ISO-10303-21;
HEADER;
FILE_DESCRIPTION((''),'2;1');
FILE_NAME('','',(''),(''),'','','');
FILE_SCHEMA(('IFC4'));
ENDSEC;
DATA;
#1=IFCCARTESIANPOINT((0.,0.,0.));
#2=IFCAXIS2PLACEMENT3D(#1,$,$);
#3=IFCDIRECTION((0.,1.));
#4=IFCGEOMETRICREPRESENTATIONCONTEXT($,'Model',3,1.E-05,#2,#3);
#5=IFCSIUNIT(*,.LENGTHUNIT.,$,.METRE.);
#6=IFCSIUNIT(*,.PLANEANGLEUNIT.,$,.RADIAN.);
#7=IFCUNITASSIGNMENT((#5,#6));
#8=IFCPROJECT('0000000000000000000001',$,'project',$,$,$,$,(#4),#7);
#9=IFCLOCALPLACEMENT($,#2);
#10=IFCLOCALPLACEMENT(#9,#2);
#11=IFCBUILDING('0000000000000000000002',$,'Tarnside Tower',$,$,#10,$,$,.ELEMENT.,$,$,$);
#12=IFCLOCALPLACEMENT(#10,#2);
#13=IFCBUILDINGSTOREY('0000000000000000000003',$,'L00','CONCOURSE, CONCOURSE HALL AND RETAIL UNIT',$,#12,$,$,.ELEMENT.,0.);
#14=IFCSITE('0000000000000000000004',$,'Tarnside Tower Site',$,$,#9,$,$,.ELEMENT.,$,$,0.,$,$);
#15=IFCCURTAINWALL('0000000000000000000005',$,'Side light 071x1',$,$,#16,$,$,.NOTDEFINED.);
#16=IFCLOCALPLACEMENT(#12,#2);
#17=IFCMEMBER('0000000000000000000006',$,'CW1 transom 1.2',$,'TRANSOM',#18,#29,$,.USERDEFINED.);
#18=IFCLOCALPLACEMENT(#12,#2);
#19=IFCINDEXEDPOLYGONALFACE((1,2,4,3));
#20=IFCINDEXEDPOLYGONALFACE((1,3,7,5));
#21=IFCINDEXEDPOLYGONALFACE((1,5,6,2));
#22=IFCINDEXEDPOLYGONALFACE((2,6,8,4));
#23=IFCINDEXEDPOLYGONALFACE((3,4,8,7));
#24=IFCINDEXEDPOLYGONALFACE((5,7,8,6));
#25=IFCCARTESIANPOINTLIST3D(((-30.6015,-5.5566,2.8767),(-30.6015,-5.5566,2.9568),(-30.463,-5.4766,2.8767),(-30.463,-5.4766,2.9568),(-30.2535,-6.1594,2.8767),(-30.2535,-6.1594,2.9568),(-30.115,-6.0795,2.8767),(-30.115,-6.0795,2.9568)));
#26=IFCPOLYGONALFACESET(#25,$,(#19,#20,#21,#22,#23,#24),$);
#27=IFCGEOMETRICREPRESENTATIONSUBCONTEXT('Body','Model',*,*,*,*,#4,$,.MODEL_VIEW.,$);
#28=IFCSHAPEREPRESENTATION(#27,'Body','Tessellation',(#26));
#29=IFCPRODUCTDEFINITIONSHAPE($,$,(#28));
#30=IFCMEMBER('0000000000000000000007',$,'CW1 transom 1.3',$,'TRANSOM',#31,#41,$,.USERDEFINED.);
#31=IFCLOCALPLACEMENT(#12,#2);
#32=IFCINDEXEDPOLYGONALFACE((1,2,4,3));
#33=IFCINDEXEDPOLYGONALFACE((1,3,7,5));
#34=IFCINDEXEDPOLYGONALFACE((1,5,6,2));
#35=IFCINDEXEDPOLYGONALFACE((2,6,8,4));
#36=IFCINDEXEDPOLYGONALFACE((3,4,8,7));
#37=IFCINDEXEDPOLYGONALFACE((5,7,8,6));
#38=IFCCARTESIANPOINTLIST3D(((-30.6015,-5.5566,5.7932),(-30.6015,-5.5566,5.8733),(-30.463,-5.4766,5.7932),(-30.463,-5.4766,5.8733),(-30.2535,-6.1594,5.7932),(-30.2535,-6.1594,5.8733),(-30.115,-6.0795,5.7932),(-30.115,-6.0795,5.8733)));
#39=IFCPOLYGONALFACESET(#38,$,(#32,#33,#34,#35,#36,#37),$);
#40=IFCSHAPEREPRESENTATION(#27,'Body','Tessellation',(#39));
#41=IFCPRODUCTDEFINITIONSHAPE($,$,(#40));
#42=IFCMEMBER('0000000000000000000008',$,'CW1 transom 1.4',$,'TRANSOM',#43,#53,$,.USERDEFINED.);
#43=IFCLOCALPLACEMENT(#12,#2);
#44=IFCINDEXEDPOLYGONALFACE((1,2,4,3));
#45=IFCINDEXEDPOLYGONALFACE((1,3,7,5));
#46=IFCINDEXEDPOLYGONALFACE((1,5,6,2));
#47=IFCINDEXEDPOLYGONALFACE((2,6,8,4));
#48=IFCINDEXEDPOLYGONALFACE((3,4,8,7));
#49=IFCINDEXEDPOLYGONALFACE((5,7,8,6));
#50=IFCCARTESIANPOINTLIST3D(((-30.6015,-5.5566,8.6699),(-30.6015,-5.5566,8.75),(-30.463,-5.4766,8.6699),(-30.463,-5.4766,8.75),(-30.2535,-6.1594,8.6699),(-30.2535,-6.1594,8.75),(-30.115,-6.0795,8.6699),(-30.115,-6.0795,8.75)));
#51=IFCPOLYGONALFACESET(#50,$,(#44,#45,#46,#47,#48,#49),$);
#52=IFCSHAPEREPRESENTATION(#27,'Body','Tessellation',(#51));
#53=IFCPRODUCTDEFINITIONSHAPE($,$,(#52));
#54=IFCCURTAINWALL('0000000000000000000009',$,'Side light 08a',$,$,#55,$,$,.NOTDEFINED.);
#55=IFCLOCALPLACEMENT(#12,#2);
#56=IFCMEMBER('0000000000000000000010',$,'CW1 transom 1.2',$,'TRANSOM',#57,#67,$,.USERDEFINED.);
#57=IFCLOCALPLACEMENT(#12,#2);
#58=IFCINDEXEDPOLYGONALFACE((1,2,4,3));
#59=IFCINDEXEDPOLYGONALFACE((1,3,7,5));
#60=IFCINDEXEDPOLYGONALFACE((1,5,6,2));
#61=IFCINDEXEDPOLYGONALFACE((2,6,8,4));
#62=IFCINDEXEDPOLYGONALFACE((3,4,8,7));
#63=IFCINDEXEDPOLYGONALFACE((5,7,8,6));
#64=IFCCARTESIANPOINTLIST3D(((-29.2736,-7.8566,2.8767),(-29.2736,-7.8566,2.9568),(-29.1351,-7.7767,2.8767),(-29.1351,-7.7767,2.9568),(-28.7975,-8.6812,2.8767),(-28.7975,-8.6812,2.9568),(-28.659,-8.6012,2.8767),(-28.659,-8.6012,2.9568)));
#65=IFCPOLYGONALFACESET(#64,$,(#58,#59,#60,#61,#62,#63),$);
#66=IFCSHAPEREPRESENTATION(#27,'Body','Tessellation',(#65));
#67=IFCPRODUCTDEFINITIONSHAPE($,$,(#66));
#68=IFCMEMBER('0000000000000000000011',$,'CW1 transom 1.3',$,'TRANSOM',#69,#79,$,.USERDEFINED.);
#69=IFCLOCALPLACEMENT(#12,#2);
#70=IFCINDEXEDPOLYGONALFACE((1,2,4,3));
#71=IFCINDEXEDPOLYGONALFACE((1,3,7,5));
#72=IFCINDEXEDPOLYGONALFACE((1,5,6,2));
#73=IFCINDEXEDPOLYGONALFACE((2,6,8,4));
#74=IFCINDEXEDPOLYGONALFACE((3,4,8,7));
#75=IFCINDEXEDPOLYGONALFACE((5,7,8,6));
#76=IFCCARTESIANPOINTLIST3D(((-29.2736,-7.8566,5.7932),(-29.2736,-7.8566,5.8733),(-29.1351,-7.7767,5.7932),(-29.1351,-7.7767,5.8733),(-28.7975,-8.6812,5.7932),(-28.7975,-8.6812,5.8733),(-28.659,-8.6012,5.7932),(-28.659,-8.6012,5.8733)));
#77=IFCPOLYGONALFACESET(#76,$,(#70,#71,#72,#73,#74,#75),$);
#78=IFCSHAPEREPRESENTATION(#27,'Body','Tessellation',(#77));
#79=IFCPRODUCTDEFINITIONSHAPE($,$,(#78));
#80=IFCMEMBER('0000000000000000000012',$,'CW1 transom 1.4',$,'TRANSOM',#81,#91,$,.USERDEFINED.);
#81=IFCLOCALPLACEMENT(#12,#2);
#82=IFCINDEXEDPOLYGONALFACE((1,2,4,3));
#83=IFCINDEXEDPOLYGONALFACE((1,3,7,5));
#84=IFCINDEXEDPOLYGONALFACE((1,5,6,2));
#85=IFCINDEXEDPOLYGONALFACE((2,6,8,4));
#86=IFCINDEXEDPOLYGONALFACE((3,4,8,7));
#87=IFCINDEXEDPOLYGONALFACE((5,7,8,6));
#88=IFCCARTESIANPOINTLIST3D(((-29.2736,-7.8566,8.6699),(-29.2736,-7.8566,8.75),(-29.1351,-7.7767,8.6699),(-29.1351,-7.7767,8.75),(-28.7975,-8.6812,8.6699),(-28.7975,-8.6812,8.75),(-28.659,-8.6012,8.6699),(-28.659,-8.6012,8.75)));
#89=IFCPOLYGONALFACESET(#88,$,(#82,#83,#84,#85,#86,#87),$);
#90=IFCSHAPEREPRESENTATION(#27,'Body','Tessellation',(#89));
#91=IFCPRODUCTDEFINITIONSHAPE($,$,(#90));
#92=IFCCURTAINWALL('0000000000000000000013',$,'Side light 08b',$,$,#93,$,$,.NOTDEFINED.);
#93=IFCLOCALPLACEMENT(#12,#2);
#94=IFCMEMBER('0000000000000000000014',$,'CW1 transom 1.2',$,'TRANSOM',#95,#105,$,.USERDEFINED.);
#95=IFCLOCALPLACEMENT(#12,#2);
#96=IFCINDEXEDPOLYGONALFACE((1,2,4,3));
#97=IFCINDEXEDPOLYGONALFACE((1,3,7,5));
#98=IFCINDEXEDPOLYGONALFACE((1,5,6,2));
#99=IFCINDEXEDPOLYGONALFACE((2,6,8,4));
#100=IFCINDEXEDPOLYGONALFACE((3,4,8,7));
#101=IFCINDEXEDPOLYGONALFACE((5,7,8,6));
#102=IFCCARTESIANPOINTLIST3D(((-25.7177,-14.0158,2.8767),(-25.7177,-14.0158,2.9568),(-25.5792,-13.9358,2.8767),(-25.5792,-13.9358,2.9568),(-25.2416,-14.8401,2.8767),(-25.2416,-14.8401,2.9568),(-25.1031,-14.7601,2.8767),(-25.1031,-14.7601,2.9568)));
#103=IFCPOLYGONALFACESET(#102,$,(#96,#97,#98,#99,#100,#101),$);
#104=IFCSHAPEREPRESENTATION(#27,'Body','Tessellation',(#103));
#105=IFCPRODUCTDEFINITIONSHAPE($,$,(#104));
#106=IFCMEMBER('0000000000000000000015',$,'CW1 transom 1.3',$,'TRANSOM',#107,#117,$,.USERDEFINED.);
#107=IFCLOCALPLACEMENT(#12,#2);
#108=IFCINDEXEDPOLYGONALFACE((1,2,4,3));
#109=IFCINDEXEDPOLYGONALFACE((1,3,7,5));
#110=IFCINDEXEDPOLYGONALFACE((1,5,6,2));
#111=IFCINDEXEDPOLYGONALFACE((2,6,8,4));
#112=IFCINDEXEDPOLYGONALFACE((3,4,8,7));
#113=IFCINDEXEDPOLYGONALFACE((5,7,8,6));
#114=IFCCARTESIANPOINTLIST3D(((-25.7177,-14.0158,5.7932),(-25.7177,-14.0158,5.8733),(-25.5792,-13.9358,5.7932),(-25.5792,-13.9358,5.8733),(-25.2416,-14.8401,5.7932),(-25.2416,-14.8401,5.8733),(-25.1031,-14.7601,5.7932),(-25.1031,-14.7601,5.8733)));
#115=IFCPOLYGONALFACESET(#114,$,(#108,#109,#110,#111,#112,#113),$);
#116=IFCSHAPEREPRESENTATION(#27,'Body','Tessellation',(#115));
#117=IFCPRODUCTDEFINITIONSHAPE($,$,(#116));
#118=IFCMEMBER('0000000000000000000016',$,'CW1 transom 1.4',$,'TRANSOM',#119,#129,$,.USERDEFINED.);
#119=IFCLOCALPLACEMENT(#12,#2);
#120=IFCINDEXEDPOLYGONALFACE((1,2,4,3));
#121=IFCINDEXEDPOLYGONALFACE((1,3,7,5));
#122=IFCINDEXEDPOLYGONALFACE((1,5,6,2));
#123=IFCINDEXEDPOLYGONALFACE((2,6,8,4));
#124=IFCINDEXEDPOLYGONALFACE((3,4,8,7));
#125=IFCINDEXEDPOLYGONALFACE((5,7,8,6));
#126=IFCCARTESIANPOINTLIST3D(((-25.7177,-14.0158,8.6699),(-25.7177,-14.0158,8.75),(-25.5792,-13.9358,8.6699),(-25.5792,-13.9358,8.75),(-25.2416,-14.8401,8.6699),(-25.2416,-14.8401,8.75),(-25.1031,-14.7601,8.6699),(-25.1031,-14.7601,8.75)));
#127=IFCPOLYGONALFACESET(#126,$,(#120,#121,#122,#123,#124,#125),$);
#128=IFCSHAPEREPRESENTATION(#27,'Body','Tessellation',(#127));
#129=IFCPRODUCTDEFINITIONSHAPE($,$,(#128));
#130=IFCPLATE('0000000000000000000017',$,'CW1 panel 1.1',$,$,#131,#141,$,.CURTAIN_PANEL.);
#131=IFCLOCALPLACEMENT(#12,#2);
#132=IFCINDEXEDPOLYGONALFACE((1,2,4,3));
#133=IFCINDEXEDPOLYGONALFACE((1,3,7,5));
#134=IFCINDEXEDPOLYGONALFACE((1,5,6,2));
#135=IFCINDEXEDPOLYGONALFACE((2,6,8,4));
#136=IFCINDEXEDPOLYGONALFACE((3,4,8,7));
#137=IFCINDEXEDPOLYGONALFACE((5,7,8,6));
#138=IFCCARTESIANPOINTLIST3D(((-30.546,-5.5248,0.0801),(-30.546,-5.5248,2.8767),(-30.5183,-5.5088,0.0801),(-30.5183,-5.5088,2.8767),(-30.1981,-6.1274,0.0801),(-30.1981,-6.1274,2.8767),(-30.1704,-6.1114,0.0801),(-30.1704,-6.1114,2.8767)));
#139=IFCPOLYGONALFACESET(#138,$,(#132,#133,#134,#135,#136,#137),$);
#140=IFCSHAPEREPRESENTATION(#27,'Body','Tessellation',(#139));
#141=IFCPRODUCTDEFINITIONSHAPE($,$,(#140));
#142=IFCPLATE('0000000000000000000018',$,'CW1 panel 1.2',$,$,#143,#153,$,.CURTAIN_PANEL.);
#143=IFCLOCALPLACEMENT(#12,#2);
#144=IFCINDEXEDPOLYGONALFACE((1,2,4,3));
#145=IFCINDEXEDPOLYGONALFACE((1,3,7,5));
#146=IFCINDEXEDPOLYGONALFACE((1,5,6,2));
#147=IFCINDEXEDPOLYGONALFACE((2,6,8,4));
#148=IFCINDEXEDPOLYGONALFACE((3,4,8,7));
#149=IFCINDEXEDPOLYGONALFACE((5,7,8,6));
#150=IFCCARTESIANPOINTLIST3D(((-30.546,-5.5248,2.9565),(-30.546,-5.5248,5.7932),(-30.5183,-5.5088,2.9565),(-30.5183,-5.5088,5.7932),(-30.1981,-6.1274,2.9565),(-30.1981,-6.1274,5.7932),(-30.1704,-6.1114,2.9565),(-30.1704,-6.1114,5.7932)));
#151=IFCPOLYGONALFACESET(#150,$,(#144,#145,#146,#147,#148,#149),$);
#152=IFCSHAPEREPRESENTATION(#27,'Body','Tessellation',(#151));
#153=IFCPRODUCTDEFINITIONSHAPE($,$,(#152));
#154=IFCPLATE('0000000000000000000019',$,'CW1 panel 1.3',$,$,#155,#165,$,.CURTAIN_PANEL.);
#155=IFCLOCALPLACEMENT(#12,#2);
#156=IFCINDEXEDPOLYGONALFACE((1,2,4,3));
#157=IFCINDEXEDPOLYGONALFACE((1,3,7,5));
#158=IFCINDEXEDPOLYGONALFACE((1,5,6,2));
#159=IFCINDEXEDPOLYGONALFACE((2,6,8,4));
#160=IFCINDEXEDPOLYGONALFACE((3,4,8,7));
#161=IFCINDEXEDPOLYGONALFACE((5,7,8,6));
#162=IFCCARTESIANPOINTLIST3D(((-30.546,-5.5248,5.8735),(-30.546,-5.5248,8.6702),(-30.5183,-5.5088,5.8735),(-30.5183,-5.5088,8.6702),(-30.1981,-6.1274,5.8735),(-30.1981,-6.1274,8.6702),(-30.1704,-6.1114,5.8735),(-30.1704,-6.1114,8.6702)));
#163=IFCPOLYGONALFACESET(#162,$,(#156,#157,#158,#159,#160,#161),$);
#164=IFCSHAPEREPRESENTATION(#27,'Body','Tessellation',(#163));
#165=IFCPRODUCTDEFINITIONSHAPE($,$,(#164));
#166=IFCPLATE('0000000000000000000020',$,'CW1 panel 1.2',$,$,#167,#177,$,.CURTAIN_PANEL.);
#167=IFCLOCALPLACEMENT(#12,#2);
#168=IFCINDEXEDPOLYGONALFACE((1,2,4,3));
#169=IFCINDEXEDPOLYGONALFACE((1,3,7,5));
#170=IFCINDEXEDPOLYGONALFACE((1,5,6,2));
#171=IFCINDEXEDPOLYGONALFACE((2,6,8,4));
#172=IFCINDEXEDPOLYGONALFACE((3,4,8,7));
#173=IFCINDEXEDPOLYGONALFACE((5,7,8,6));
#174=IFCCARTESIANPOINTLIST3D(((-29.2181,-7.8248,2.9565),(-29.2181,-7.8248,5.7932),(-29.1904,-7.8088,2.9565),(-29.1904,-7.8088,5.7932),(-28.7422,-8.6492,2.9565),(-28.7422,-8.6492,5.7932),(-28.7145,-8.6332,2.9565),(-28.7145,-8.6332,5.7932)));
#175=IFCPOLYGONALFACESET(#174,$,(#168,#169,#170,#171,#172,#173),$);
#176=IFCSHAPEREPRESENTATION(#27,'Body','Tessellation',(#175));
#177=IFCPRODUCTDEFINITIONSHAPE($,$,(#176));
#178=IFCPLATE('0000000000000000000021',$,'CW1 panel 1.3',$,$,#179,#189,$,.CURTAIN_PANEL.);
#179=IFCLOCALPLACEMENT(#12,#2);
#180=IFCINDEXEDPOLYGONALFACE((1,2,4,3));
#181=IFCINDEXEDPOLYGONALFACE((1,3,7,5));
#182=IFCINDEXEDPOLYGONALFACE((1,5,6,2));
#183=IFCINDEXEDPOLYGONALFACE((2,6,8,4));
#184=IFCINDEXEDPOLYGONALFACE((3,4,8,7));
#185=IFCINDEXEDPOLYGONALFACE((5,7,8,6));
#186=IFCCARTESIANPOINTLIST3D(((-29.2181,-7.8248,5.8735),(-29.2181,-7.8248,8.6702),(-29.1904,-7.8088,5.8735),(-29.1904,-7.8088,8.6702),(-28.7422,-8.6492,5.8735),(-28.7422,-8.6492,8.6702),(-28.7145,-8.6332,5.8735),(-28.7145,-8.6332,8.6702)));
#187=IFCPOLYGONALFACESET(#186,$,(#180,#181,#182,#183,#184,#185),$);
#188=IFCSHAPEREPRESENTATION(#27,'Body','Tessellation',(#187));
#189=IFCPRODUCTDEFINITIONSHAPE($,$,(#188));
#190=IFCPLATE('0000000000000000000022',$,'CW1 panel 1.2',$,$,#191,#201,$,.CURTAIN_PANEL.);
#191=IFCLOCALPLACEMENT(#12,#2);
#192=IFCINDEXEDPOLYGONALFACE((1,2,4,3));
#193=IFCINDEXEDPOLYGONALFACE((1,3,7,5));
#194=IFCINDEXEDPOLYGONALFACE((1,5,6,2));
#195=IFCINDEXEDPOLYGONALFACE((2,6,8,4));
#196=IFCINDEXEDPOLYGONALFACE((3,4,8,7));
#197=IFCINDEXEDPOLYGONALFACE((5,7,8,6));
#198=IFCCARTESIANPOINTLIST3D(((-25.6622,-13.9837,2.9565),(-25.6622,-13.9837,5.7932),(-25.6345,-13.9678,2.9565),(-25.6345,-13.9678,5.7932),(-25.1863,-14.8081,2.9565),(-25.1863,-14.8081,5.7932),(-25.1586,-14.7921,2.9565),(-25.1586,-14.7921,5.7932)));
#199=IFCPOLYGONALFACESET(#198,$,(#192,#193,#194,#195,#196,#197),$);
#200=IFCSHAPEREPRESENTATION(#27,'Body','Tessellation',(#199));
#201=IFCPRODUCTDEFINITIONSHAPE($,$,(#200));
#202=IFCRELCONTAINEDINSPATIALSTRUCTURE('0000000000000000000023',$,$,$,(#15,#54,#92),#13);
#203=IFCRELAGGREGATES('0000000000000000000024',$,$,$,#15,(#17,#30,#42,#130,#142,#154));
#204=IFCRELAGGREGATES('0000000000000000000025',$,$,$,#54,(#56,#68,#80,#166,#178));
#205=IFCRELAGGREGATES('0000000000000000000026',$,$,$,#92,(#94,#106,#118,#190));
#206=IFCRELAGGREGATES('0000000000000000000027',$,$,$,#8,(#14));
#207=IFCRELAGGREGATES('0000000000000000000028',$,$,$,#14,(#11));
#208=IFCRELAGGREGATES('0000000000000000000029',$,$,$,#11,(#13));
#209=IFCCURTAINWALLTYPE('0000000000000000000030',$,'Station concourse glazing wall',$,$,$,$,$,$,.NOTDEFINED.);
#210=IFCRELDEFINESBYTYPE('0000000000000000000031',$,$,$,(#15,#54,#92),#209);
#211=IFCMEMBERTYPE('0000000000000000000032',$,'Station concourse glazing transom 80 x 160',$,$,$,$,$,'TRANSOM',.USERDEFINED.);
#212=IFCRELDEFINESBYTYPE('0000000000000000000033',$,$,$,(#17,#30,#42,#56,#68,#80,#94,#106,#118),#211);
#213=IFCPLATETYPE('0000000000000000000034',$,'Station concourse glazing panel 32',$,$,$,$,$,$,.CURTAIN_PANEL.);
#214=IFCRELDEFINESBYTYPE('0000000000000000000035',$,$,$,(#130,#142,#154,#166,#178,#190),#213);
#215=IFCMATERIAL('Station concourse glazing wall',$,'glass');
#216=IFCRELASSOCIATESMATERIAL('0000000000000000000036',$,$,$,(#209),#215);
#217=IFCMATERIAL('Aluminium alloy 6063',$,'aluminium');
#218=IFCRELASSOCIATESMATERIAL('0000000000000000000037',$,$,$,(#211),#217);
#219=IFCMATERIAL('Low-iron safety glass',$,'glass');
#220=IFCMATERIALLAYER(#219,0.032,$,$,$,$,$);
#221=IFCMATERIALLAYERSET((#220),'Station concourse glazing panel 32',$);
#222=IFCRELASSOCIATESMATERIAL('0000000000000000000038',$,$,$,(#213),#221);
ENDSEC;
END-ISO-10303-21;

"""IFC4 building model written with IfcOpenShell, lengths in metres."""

from ifc_helpers import new_model, si_unit, direction, frame, origin, origin_2d, place, context, subcontext, project, spatial, rectangle, extrude, material, layer, layer_set, material_profile, profile_set, type_object, element, aggregate, save


model = new_model("IFC4")

# Units and contexts
model_context = context("Model", 3, precision=1e-05, world=origin(), true_north=direction((0.0, 1.0)))
body_context = subcontext(model_context, "Body", "Model", "MODEL_VIEW")
ifc_project = project(units=[si_unit("LENGTHUNIT", "METRE"), si_unit("PLANEANGLEUNIT", "RADIAN")], contexts=[model_context])

# Site, building, storey
site_placement = place(None, origin())
site = spatial("IfcSite", under=ifc_project, at=site_placement, Name="Tarnside Tower Site", CompositionType="ELEMENT", RefElevation=0.0)
building_placement = place(site_placement, origin())
building = spatial("IfcBuilding", under=site, at=building_placement, Name="Tarnside Tower", CompositionType="ELEMENT")
storey_placement = place(building_placement, origin())
storey = spatial("IfcBuildingStorey", under=building, at=storey_placement, Name="L00", Description="CONCOURSE, CONCOURSE HALL AND RETAIL UNIT", CompositionType="ELEMENT", Elevation=0.0)

# Curtain walls, members
ifc_material_1 = material(Name="Station concourse glazing wall", Category="glass")
curtain_wall_type = type_object("IfcCurtainWallType", Name="Station concourse glazing wall", PredefinedType="NOTDEFINED", material=ifc_material_1)
curtain_wall_1_placement = place(storey_placement, origin())
curtain_wall_1 = element("IfcCurtainWall", 1, at=curtain_wall_1_placement, inside=storey, type_object=curtain_wall_type, Name="Side light 071x1", PredefinedType="NOTDEFINED")
ifc_material_2 = material(Name="Aluminium alloy 6063", Category="aluminium")
ifc_material_profile_1 = material_profile(ifc_material_2, rectangle(XDim=0.1599, YDim=0.0801, at=origin_2d()), Name="Station concourse glazing transom 80 x 160")
ifc_profile_set_1 = profile_set([ifc_material_profile_1], Name="Aluminium alloy 6063")
member_type = type_object("IfcMemberType", Name="Station concourse glazing transom 80 x 160", ElementType="TRANSOM", PredefinedType="USERDEFINED", material=ifc_profile_set_1)
member_1_placement = place(storey_placement, frame((-30.5322, -5.5166, 2.9167), z_axis=(0.499874, -0.866098, 0.0), x_axis=(0.866098, 0.499874, 0.0)))
member_1 = element("IfcMember", 2, at=member_1_placement, type_object=member_type, Name="CW1 transom 1.2", ObjectType="TRANSOM", PredefinedType="USERDEFINED", context=body_context, shape_type="SweptSolid", body=[
    extrude(rectangle(XDim=0.1599, YDim=0.0801, at=origin_2d()), origin(), (0.0, 0.0, 1.0), 0.696),
])
member_2_placement = place(storey_placement, frame((-30.5322, -5.5166, 5.8333), z_axis=(0.499874, -0.866098, 0.0), x_axis=(0.866098, 0.499874, 0.0)))
member_2 = element("IfcMember", 3, at=member_2_placement, type_object=member_type, Name="CW1 transom 1.3", ObjectType="TRANSOM", PredefinedType="USERDEFINED", context=body_context, shape_type="SweptSolid", body=[
    extrude(rectangle(XDim=0.1599, YDim=0.0801, at=origin_2d()), origin(), (0.0, 0.0, 1.0), 0.696),
])
member_3_placement = place(storey_placement, frame((-30.5322, -5.5166, 8.71), z_axis=(0.499874, -0.866098, 0.0), x_axis=(0.866098, 0.499874, 0.0)))
member_3 = element("IfcMember", 4, at=member_3_placement, type_object=member_type, Name="CW1 transom 1.4", ObjectType="TRANSOM", PredefinedType="USERDEFINED", context=body_context, shape_type="SweptSolid", body=[
    extrude(rectangle(XDim=0.1599, YDim=0.0801, at=origin_2d()), origin(), (0.0, 0.0, 1.0), 0.696),
])
curtain_wall_2_placement = place(storey_placement, origin())
curtain_wall_2 = element("IfcCurtainWall", 5, at=curtain_wall_2_placement, inside=storey, type_object=curtain_wall_type, Name="Side light 08a", PredefinedType="NOTDEFINED")
member_4_placement = place(storey_placement, frame((-29.2043, -7.8167, 2.9167), z_axis=(0.500055, -0.865993, 0.0), x_axis=(0.865993, 0.500055, 0.0)))
member_4 = element("IfcMember", 6, at=member_4_placement, type_object=member_type, Name="CW1 transom 1.2", ObjectType="TRANSOM", PredefinedType="USERDEFINED", context=body_context, shape_type="SweptSolid", body=[
    extrude(rectangle(XDim=0.1599, YDim=0.0801, at=origin_2d()), origin(), (0.0, 0.0, 1.0), 0.9521),
])
member_5_placement = place(storey_placement, frame((-29.2043, -7.8167, 5.8333), z_axis=(0.500055, -0.865993, 0.0), x_axis=(0.865993, 0.500055, 0.0)))
member_5 = element("IfcMember", 7, at=member_5_placement, type_object=member_type, Name="CW1 transom 1.3", ObjectType="TRANSOM", PredefinedType="USERDEFINED", context=body_context, shape_type="SweptSolid", body=[
    extrude(rectangle(XDim=0.1599, YDim=0.0801, at=origin_2d()), origin(), (0.0, 0.0, 1.0), 0.9521),
])
member_6_placement = place(storey_placement, frame((-29.2043, -7.8167, 8.71), z_axis=(0.500055, -0.865993, 0.0), x_axis=(0.865993, 0.500055, 0.0)))
member_6 = element("IfcMember", 8, at=member_6_placement, type_object=member_type, Name="CW1 transom 1.4", ObjectType="TRANSOM", PredefinedType="USERDEFINED", context=body_context, shape_type="SweptSolid", body=[
    extrude(rectangle(XDim=0.1599, YDim=0.0801, at=origin_2d()), origin(), (0.0, 0.0, 1.0), 0.9521),
])
curtain_wall_3_placement = place(storey_placement, origin())
curtain_wall_3 = element("IfcCurtainWall", 9, at=curtain_wall_3_placement, inside=storey, type_object=curtain_wall_type, Name="Side light 08b", PredefinedType="NOTDEFINED")
member_7_placement = place(storey_placement, frame((-25.6484, -13.9758, 2.9167), z_axis=(0.500166, -0.865929, 0.0), x_axis=(0.865929, 0.500166, 0.0)))
member_7 = element("IfcMember", 10, at=member_7_placement, type_object=member_type, Name="CW1 transom 1.2", ObjectType="TRANSOM", PredefinedType="USERDEFINED", context=body_context, shape_type="SweptSolid", body=[
    extrude(rectangle(XDim=0.1599, YDim=0.0801, at=origin_2d()), origin(), (0.0, 0.0, 1.0), 0.9519),
])
member_8_placement = place(storey_placement, frame((-25.6484, -13.9758, 5.8333), z_axis=(0.500166, -0.865929, 0.0), x_axis=(0.865929, 0.500166, 0.0)))
member_8 = element("IfcMember", 11, at=member_8_placement, type_object=member_type, Name="CW1 transom 1.3", ObjectType="TRANSOM", PredefinedType="USERDEFINED", context=body_context, shape_type="SweptSolid", body=[
    extrude(rectangle(XDim=0.1599, YDim=0.0801, at=origin_2d()), origin(), (0.0, 0.0, 1.0), 0.9519),
])
member_9_placement = place(storey_placement, frame((-25.6484, -13.9758, 8.71), z_axis=(0.500166, -0.865929, 0.0), x_axis=(0.865929, 0.500166, 0.0)))
member_9 = element("IfcMember", 12, at=member_9_placement, type_object=member_type, Name="CW1 transom 1.4", ObjectType="TRANSOM", PredefinedType="USERDEFINED", context=body_context, shape_type="SweptSolid", body=[
    extrude(rectangle(XDim=0.1599, YDim=0.0801, at=origin_2d()), origin(), (0.0, 0.0, 1.0), 0.9519),
])

# Plates
ifc_material_3 = material(Name="Low-iron safety glass", Category="glass")
ifc_layer = layer(ifc_material_3, 0.032)
ifc_layer_set = layer_set([ifc_layer], Name="Station concourse glazing panel 32")
plate_type = type_object("IfcPlateType", Name="Station concourse glazing panel 32", PredefinedType="CURTAIN_PANEL", material=ifc_layer_set)
plate_1_placement = place(storey_placement, frame((-30.3582, -5.8181, 0.0801), z_axis=(0.0, 0.0, 1.0), x_axis=(0.5, -0.866025, 0.0)))
plate_1 = element("IfcPlate", 13, at=plate_1_placement, type_object=plate_type, Name="CW1 panel 1.1", PredefinedType="CURTAIN_PANEL", context=body_context, shape_type="SweptSolid", body=[
    extrude(rectangle(XDim=0.6958, YDim=0.032, at=origin_2d()), origin(), (0.0, 0.0, 1.0), 2.7966),
])
plate_2_placement = place(storey_placement, frame((-30.3582, -5.8181, 2.9565), z_axis=(0.0, 0.0, 1.0), x_axis=(0.5, -0.866025, 0.0)))
plate_2 = element("IfcPlate", 14, at=plate_2_placement, type_object=plate_type, Name="CW1 panel 1.2", PredefinedType="CURTAIN_PANEL", context=body_context, shape_type="SweptSolid", body=[
    extrude(rectangle(XDim=0.6958, YDim=0.032, at=origin_2d()), origin(), (0.0, 0.0, 1.0), 2.8367),
])
plate_3_placement = place(storey_placement, frame((-30.3582, -5.8181, 5.8735), z_axis=(0.0, 0.0, 1.0), x_axis=(0.5, -0.866025, 0.0)))
plate_3 = element("IfcPlate", 15, at=plate_3_placement, type_object=plate_type, Name="CW1 panel 1.3", PredefinedType="CURTAIN_PANEL", context=body_context, shape_type="SweptSolid", body=[
    extrude(rectangle(XDim=0.6958, YDim=0.032, at=origin_2d()), origin(), (0.0, 0.0, 1.0), 2.7966),
])
aggregate(curtain_wall_1, [member_1, member_2, member_3, plate_1, plate_2, plate_3])
plate_4_placement = place(storey_placement, frame((-28.9663, -8.229, 2.9565), z_axis=(0.0, 0.0, 1.0), x_axis=(0.5, -0.866025, 0.0)))
plate_4 = element("IfcPlate", 16, at=plate_4_placement, type_object=plate_type, Name="CW1 panel 1.2", PredefinedType="CURTAIN_PANEL", context=body_context, shape_type="SweptSolid", body=[
    extrude(rectangle(XDim=0.9519, YDim=0.032, at=origin_2d()), origin(), (0.0, 0.0, 1.0), 2.8367),
])
plate_5_placement = place(storey_placement, frame((-28.9663, -8.229, 5.8735), z_axis=(0.0, 0.0, 1.0), x_axis=(0.5, -0.866025, 0.0)))
plate_5 = element("IfcPlate", 17, at=plate_5_placement, type_object=plate_type, Name="CW1 panel 1.3", PredefinedType="CURTAIN_PANEL", context=body_context, shape_type="SweptSolid", body=[
    extrude(rectangle(XDim=0.9519, YDim=0.032, at=origin_2d()), origin(), (0.0, 0.0, 1.0), 2.7966),
])
aggregate(curtain_wall_2, [member_4, member_5, member_6, plate_4, plate_5])
plate_6_placement = place(storey_placement, frame((-25.4104, -14.3879, 2.9565), z_axis=(0.0, 0.0, 1.0), x_axis=(0.5, -0.866025, 0.0)))
plate_6 = element("IfcPlate", 18, at=plate_6_placement, type_object=plate_type, Name="CW1 panel 1.2", PredefinedType="CURTAIN_PANEL", context=body_context, shape_type="SweptSolid", body=[
    extrude(rectangle(XDim=0.9519, YDim=0.032, at=origin_2d()), origin(), (0.0, 0.0, 1.0), 2.8367),
])
aggregate(curtain_wall_3, [member_7, member_8, member_9, plate_6])

save(model, "model.ifc")
